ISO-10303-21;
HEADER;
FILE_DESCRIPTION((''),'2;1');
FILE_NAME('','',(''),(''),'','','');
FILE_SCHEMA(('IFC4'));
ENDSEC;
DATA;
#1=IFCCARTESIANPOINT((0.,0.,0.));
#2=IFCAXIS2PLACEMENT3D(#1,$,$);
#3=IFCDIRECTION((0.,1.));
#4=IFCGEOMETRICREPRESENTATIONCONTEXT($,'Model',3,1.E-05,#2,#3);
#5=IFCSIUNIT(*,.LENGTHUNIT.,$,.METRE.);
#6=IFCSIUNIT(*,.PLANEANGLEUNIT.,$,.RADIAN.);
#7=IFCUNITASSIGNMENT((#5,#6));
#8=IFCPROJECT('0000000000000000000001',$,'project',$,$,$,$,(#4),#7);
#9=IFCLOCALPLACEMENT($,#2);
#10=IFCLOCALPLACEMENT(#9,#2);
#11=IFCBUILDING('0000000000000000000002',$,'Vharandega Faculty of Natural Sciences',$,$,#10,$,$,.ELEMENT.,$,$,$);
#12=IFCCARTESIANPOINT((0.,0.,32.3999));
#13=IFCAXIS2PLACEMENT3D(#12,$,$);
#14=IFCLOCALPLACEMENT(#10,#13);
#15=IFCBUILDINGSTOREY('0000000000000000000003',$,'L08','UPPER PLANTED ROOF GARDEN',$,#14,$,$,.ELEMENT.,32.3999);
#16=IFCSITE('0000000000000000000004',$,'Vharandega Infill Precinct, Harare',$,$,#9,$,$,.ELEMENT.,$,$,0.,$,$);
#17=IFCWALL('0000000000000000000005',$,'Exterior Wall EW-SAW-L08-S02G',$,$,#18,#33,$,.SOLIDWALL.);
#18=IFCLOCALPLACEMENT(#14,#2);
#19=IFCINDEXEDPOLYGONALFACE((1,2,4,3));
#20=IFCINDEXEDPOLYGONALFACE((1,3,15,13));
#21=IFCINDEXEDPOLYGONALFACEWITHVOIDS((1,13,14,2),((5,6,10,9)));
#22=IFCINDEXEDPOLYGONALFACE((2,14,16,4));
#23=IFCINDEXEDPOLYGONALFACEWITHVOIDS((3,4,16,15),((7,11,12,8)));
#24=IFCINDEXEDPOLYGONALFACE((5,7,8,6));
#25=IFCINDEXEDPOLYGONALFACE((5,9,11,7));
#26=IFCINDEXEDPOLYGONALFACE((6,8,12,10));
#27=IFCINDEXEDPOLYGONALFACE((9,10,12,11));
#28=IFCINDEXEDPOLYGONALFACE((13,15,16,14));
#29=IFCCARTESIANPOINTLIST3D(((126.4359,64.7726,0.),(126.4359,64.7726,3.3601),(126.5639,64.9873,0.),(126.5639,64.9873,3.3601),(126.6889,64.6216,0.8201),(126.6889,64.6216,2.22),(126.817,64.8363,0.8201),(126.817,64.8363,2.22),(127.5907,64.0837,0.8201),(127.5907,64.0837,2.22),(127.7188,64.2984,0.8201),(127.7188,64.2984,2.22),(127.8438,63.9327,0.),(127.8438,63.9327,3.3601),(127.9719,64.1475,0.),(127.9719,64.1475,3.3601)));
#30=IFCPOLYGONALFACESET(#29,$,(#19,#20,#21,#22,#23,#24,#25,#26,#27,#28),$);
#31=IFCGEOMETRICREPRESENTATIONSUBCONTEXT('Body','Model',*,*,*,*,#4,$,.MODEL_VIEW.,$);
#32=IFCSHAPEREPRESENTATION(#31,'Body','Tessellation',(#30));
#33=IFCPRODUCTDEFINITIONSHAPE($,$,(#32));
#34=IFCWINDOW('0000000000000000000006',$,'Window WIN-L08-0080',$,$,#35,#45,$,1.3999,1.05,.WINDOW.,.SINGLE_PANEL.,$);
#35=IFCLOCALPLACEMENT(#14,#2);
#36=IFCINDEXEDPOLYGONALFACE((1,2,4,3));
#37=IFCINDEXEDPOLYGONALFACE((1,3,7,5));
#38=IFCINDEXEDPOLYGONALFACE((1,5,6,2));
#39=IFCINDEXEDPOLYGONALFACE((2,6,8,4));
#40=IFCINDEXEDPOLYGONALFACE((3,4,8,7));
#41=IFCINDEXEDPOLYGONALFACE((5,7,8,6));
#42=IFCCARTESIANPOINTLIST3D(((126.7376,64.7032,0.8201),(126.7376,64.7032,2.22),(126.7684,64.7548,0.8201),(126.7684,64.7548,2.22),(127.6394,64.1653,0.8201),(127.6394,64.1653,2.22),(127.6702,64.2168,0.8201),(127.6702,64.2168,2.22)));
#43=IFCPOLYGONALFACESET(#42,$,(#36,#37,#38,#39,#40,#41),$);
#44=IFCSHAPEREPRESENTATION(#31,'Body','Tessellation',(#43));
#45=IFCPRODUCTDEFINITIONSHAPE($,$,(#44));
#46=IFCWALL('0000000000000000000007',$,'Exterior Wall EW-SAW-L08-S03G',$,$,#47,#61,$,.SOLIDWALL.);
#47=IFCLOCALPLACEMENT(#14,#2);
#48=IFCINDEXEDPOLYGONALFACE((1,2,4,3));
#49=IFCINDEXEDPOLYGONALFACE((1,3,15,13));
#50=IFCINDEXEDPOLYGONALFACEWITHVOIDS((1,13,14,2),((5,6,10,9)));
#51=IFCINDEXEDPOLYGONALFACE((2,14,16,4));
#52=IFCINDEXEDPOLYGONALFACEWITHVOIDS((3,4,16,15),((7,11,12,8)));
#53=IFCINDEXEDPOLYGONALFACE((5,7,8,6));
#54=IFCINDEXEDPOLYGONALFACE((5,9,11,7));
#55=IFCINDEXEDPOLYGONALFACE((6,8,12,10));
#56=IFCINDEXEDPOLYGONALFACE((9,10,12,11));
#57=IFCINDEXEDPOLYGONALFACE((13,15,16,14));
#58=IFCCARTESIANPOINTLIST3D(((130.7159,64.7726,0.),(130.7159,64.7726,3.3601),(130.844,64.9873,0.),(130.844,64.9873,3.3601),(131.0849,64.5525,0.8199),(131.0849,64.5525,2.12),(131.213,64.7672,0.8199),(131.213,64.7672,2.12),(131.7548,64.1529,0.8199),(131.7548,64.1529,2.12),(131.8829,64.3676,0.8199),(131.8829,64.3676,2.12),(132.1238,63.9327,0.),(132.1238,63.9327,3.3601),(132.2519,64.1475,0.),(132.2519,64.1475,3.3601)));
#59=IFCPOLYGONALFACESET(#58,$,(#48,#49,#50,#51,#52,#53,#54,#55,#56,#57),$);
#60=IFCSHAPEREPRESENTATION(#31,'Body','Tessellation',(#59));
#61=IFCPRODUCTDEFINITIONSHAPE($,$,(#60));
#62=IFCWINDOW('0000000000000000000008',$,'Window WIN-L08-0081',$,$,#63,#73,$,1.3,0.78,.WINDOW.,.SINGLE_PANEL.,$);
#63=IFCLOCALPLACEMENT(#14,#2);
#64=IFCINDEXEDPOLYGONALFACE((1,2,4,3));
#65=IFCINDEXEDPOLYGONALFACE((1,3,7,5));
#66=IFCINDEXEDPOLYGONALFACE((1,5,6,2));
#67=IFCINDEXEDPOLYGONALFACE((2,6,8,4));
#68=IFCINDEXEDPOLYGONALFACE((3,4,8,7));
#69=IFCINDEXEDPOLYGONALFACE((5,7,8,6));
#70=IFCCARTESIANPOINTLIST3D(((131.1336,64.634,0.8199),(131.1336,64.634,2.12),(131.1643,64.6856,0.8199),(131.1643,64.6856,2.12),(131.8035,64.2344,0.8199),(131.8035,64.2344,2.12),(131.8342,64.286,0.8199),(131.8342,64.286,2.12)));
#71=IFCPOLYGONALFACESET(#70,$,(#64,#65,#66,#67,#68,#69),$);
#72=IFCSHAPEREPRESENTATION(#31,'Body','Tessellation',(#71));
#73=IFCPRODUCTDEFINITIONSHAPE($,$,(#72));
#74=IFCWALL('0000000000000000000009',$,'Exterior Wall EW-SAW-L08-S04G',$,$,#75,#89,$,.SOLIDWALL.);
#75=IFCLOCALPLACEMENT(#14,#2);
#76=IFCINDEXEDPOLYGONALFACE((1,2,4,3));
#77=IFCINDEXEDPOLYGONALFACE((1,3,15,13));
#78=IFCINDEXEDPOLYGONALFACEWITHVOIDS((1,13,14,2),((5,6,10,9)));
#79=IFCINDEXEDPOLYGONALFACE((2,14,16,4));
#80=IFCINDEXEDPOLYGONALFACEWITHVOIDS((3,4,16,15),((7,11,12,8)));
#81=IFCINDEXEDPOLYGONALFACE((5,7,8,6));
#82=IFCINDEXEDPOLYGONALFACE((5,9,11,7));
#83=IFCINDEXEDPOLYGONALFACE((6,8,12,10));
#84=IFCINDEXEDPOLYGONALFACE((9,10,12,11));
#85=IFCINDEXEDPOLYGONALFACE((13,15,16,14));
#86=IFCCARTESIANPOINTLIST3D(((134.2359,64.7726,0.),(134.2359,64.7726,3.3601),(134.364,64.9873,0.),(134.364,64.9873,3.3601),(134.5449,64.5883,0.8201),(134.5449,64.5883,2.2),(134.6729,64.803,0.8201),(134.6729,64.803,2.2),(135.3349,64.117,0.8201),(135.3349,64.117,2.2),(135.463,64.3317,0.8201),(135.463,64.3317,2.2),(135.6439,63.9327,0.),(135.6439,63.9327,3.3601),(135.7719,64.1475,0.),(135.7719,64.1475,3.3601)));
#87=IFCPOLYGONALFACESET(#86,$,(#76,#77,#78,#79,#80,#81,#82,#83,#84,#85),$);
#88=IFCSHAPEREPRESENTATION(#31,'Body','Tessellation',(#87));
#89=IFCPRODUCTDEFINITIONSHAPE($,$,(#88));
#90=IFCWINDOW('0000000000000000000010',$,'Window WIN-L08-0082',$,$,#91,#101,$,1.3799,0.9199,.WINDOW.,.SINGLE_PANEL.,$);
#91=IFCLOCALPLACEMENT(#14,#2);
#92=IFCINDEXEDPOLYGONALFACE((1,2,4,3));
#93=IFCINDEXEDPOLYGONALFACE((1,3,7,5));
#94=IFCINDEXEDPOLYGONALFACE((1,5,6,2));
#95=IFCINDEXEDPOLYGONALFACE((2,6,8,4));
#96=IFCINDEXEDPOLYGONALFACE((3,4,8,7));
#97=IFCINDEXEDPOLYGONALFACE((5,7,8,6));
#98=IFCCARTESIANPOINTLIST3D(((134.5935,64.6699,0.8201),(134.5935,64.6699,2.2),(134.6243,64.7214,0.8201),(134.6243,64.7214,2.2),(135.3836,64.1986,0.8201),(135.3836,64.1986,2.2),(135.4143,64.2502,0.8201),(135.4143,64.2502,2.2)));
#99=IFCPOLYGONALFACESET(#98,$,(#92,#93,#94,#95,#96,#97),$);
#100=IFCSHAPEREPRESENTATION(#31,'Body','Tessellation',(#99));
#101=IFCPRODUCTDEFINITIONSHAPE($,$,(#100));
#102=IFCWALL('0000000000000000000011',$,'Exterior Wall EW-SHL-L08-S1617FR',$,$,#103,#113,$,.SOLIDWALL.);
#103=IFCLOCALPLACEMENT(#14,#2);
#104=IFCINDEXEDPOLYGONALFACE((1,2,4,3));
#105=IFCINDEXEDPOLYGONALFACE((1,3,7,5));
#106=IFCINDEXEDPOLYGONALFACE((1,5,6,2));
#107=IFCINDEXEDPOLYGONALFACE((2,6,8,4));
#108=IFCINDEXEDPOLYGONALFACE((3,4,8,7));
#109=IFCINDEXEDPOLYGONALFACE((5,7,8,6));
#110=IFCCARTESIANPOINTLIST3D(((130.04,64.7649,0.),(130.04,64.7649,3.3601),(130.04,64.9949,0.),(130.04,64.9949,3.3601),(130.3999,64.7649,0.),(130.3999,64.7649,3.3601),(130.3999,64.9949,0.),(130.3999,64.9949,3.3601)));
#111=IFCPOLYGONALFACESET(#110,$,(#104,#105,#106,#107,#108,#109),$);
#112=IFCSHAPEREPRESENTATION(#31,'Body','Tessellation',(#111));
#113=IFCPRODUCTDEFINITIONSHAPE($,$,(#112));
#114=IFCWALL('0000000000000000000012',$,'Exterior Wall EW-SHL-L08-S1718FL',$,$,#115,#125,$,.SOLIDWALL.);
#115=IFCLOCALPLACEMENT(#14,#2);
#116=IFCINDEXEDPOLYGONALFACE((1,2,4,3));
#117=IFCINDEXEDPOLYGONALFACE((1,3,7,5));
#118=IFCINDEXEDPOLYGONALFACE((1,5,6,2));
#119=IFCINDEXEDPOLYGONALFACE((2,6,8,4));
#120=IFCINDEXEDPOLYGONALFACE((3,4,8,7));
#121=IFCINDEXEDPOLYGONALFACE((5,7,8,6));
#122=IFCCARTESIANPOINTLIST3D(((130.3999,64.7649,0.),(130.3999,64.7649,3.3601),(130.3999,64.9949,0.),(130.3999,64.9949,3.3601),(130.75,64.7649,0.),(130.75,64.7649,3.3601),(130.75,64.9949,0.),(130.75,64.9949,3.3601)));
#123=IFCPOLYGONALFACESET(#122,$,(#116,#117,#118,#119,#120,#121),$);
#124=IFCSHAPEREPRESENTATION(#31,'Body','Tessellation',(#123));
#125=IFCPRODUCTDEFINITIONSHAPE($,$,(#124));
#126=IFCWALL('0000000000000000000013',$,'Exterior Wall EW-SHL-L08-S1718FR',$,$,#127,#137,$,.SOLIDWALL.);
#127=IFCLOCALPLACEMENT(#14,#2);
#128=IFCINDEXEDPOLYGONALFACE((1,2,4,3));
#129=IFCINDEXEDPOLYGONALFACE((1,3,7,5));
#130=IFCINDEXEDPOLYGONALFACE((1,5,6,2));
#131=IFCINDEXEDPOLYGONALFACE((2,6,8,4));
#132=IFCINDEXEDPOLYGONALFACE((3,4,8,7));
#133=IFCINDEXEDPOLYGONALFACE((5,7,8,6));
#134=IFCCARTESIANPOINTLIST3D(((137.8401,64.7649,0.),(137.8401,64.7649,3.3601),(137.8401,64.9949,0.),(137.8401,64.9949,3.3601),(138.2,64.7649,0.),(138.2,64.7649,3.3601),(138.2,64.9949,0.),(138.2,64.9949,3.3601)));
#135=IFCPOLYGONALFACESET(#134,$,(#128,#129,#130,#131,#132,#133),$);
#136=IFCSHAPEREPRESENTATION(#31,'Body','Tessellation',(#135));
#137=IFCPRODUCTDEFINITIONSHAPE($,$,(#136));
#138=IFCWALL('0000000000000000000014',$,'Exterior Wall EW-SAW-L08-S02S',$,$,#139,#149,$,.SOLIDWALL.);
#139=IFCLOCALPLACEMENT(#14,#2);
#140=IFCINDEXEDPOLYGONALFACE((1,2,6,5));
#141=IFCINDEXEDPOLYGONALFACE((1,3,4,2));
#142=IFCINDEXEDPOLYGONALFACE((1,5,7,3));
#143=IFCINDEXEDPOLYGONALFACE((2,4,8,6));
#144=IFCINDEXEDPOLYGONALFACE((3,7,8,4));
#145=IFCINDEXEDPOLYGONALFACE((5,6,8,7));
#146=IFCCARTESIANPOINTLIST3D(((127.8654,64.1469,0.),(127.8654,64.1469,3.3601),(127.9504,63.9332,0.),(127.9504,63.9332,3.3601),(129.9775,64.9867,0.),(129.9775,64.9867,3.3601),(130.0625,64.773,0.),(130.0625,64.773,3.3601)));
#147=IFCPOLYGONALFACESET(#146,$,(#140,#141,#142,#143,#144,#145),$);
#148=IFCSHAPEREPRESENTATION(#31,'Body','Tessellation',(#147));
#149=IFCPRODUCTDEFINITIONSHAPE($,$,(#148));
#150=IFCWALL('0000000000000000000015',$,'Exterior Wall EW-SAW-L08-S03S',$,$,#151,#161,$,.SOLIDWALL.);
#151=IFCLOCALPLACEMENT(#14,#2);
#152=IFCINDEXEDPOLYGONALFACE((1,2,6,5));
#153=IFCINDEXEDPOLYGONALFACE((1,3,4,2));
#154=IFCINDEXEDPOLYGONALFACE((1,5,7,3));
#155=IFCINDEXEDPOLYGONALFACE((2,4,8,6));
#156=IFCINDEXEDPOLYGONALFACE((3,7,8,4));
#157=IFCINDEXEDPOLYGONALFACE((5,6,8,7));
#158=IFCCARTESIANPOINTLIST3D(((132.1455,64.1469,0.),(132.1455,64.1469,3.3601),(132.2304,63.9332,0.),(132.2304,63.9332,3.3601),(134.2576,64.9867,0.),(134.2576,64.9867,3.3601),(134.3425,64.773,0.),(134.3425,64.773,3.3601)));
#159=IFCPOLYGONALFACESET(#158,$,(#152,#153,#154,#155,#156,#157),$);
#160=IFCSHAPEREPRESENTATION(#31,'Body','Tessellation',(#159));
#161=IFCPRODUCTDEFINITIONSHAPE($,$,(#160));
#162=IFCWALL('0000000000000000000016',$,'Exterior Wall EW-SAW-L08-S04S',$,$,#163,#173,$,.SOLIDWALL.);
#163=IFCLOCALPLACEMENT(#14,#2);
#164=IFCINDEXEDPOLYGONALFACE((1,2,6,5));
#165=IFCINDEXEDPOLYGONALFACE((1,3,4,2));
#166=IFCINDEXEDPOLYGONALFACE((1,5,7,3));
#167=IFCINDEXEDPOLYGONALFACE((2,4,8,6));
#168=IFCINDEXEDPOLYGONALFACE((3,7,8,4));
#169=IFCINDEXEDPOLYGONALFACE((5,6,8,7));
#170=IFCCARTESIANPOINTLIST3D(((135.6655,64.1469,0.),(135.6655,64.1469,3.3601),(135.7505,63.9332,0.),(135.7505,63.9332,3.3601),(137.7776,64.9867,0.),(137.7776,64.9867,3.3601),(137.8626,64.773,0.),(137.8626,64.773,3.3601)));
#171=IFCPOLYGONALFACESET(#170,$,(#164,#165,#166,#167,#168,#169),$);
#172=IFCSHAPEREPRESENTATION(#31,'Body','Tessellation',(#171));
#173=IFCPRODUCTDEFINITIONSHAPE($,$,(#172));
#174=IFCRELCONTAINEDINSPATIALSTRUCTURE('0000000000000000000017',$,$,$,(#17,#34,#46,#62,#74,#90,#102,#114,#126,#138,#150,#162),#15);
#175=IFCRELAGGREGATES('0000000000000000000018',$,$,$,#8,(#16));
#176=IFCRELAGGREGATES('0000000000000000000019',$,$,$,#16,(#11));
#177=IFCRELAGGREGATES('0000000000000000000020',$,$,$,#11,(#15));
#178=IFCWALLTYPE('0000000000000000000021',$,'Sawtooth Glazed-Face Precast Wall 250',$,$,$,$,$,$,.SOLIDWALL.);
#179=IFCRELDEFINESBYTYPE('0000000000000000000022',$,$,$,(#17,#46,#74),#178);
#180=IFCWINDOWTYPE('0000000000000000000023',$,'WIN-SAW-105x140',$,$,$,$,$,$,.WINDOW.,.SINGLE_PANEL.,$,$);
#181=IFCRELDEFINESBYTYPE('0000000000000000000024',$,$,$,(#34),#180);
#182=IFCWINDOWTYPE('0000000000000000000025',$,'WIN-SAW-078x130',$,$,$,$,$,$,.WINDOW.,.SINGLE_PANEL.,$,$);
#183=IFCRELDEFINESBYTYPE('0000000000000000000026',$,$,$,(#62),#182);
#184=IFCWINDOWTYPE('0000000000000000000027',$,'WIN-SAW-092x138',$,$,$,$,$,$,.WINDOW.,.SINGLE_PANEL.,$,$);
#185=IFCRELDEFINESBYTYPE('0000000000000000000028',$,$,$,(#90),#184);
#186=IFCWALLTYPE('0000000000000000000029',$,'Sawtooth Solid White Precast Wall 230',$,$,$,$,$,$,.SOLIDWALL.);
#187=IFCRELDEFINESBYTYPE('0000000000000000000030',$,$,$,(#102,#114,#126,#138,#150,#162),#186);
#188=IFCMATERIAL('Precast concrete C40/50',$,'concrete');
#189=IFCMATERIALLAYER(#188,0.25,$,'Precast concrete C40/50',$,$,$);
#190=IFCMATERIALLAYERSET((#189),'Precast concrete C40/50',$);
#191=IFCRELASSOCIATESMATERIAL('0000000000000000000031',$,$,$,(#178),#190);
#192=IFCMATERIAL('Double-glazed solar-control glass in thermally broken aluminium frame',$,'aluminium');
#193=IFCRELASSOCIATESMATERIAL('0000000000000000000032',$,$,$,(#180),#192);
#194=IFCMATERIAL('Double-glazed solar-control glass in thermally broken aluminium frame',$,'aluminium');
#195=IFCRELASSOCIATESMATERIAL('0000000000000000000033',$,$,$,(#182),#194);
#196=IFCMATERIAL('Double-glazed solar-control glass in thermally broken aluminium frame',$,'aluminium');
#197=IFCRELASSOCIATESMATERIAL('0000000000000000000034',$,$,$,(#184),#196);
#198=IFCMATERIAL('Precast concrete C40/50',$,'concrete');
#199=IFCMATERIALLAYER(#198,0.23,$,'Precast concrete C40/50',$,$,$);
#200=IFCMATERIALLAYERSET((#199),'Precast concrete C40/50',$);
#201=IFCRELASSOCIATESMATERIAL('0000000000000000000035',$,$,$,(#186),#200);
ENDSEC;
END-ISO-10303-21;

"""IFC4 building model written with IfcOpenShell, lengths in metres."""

from ifc_helpers import new_model, si_unit, direction, frame, frame_2d, origin, place, context, subcontext, project, spatial, rectangle, extrude, material, layer, layer_set, type_object, element, fill, save


model = new_model("IFC4")

# Units and contexts
model_context = context("Model", 3, precision=1e-05, world=origin(), true_north=direction((0.0, 1.0)))
body_context = subcontext(model_context, "Body", "Model", "MODEL_VIEW")
ifc_project = project(units=[si_unit("LENGTHUNIT", "METRE"), si_unit("PLANEANGLEUNIT", "RADIAN")], contexts=[model_context])

# Site, building, storey
site_placement = place(None, origin())
site = spatial("IfcSite", under=ifc_project, at=site_placement, Name="Vharandega Infill Precinct, Harare", CompositionType="ELEMENT", RefElevation=0.0)
building_placement = place(site_placement, origin())
building = spatial("IfcBuilding", under=site, at=building_placement, Name="Vharandega Faculty of Natural Sciences", CompositionType="ELEMENT")
storey_placement = place(building_placement, frame((0.0, 0.0, 32.3999)))
storey = spatial("IfcBuildingStorey", under=building, at=storey_placement, Name="L08", Description="UPPER PLANTED ROOF GARDEN", CompositionType="ELEMENT", Elevation=32.3999)

# Walls, openings, windows
ifc_material_1 = material(Name="Precast concrete C40/50", Category="concrete")
ifc_layer_1 = layer(ifc_material_1, 0.25, Name="Precast concrete C40/50")
ifc_layer_set_1 = layer_set([ifc_layer_1], Name="Precast concrete C40/50")
wall_type_1 = type_object("IfcWallType", Name="Sawtooth Glazed-Face Precast Wall 250", PredefinedType="SOLIDWALL", material=ifc_layer_set_1)
wall_1_placement = place(storey_placement, frame((127.908, 64.04, 0.0), z_axis=(0.0, 0.0, 1.0), x_axis=(-0.858817, 0.512282, 0.0)))
wall_1 = element("IfcWall", 1, at=wall_1_placement, inside=storey, type_object=wall_type_1, Name="Exterior Wall EW-SAW-L08-S02G", PredefinedType="SOLIDWALL", context=body_context, shape_type="SweptSolid", body=[
    extrude(rectangle(XDim=1.6394, YDim=0.25, at=frame_2d((0.8198, 0.0))), origin(), (0.0, 0.0, 1.0), 3.3601),
])
opening_1_placement = place(wall_1_placement, frame((0.2949, 0.0, 0.8201)))
opening_1 = element("IfcOpeningElement", 2, at=opening_1_placement, cuts=wall_1, PredefinedType="OPENING", context=body_context, shape_type="SweptSolid", body=[
    extrude(rectangle(XDim=1.05, YDim=1.3999, at=frame_2d((0.5249, 0.7))), frame((0.0, 0.135, 0.0), z_axis=(0.0, -1.0, 0.0), x_axis=(1.0, 0.0, 0.0)), (0.0, 0.0, 1.0), 0.27),
])
ifc_material_2 = material(Name="Double-glazed solar-control glass in thermally broken aluminium frame", Category="aluminium")
window_type_1 = type_object("IfcWindowType", Name="WIN-SAW-105x140", PartitioningType="SINGLE_PANEL", PredefinedType="WINDOW", material=ifc_material_2)
window_1_placement = place(opening_1_placement, origin())
window_1 = element("IfcWindow", 3, at=window_1_placement, inside=storey, type_object=window_type_1, Name="Window WIN-L08-0080", OverallHeight=1.3999, OverallWidth=1.05, PartitioningType="SINGLE_PANEL", PredefinedType="WINDOW", context=body_context, shape_type="SweptSolid", body=[
    extrude(rectangle(XDim=1.05, YDim=1.3999, at=frame_2d((0.5249, 0.7))), frame((0.0, 0.03, 0.0), z_axis=(0.0, -1.0, 0.0), x_axis=(1.0, 0.0, 0.0)), (0.0, 0.0, 1.0), 0.0601),
])
fill(opening_1, window_1)
wall_2_placement = place(storey_placement, frame((132.188, 64.04, 0.0), z_axis=(0.0, 0.0, 1.0), x_axis=(-0.858817, 0.512282, 0.0)))
wall_2 = element("IfcWall", 4, at=wall_2_placement, inside=storey, type_object=wall_type_1, Name="Exterior Wall EW-SAW-L08-S03G", PredefinedType="SOLIDWALL", context=body_context, shape_type="SweptSolid", body=[
    extrude(rectangle(XDim=1.6394, YDim=0.25, at=frame_2d((0.8198, 0.0))), origin(), (0.0, 0.0, 1.0), 3.3601),
])
opening_2_placement = place(wall_2_placement, frame((0.4297, 0.0, 0.8201)))
opening_2 = element("IfcOpeningElement", 5, at=opening_2_placement, cuts=wall_2, PredefinedType="OPENING", context=body_context, shape_type="SweptSolid", body=[
    extrude(rectangle(XDim=0.78, YDim=1.3, at=frame_2d((0.3901, 0.6499))), frame((0.0, 0.135, 0.0), z_axis=(0.0, -1.0, 0.0), x_axis=(1.0, 0.0, 0.0)), (0.0, 0.0, 1.0), 0.27),
])
ifc_material_3 = material(Name="Double-glazed solar-control glass in thermally broken aluminium frame", Category="aluminium")
window_type_2 = type_object("IfcWindowType", Name="WIN-SAW-078x130", PartitioningType="SINGLE_PANEL", PredefinedType="WINDOW", material=ifc_material_3)
window_2_placement = place(opening_2_placement, origin())
window_2 = element("IfcWindow", 6, at=window_2_placement, inside=storey, type_object=window_type_2, Name="Window WIN-L08-0081", OverallHeight=1.3, OverallWidth=0.78, PartitioningType="SINGLE_PANEL", PredefinedType="WINDOW", context=body_context, shape_type="SweptSolid", body=[
    extrude(rectangle(XDim=0.78, YDim=1.3, at=frame_2d((0.3901, 0.6499))), frame((0.0, 0.03, 0.0), z_axis=(0.0, -1.0, 0.0), x_axis=(1.0, 0.0, 0.0)), (0.0, 0.0, 1.0), 0.0601),
])
fill(opening_2, window_2)
wall_3_placement = place(storey_placement, frame((135.708, 64.04, 0.0), z_axis=(0.0, 0.0, 1.0), x_axis=(-0.858817, 0.512282, 0.0)))
wall_3 = element("IfcWall", 7, at=wall_3_placement, inside=storey, type_object=wall_type_1, Name="Exterior Wall EW-SAW-L08-S04G", PredefinedType="SOLIDWALL", context=body_context, shape_type="SweptSolid", body=[
    extrude(rectangle(XDim=1.6394, YDim=0.25, at=frame_2d((0.8198, 0.0))), origin(), (0.0, 0.0, 1.0), 3.3601),
])
opening_3_placement = place(wall_3_placement, frame((0.3599, 0.0, 0.8201)))
opening_3 = element("IfcOpeningElement", 8, at=opening_3_placement, cuts=wall_3, PredefinedType="OPENING", context=body_context, shape_type="SweptSolid", body=[
    extrude(rectangle(XDim=0.9199, YDim=1.3799, at=frame_2d((0.46, 0.6899))), frame((0.0, 0.135, 0.0), z_axis=(0.0, -1.0, 0.0), x_axis=(1.0, 0.0, 0.0)), (0.0, 0.0, 1.0), 0.27),
])
ifc_material_4 = material(Name="Double-glazed solar-control glass in thermally broken aluminium frame", Category="aluminium")
window_type_3 = type_object("IfcWindowType", Name="WIN-SAW-092x138", PartitioningType="SINGLE_PANEL", PredefinedType="WINDOW", material=ifc_material_4)
window_3_placement = place(opening_3_placement, origin())
window_3 = element("IfcWindow", 9, at=window_3_placement, inside=storey, type_object=window_type_3, Name="Window WIN-L08-0082", OverallHeight=1.3799, OverallWidth=0.9199, PartitioningType="SINGLE_PANEL", PredefinedType="WINDOW", context=body_context, shape_type="SweptSolid", body=[
    extrude(rectangle(XDim=0.9199, YDim=1.3799, at=frame_2d((0.46, 0.6899))), frame((0.0, 0.03, 0.0), z_axis=(0.0, -1.0, 0.0), x_axis=(1.0, 0.0, 0.0)), (0.0, 0.0, 1.0), 0.0601),
])
fill(opening_3, window_3)

# Walls
ifc_material_5 = material(Name="Precast concrete C40/50", Category="concrete")
ifc_layer_2 = layer(ifc_material_5, 0.23, Name="Precast concrete C40/50")
ifc_layer_set_2 = layer_set([ifc_layer_2], Name="Precast concrete C40/50")
wall_type_2 = type_object("IfcWallType", Name="Sawtooth Solid White Precast Wall 230", PredefinedType="SOLIDWALL", material=ifc_layer_set_2)
wall_4_placement = place(storey_placement, frame((130.3999, 64.8799, 0.0), z_axis=(0.0, 0.0, 1.0), x_axis=(-1.0, 0.0, 0.0)))
element("IfcWall", 10, at=wall_4_placement, inside=storey, type_object=wall_type_2, Name="Exterior Wall EW-SHL-L08-S1617FR", PredefinedType="SOLIDWALL", context=body_context, shape_type="SweptSolid", body=[
    extrude(rectangle(XDim=0.3599, YDim=0.23, at=frame_2d((0.1799, 0.0))), origin(), (0.0, 0.0, 1.0), 3.3601),
])
wall_5_placement = place(storey_placement, frame((130.75, 64.8799, 0.0), z_axis=(0.0, 0.0, 1.0), x_axis=(-1.0, 0.0, 0.0)))
element("IfcWall", 11, at=wall_5_placement, inside=storey, type_object=wall_type_2, Name="Exterior Wall EW-SHL-L08-S1718FL", PredefinedType="SOLIDWALL", context=body_context, shape_type="SweptSolid", body=[
    extrude(rectangle(XDim=0.3501, YDim=0.23, at=frame_2d((0.175, 0.0))), origin(), (0.0, 0.0, 1.0), 3.3601),
])
wall_6_placement = place(storey_placement, frame((138.2, 64.8799, 0.0), z_axis=(0.0, 0.0, 1.0), x_axis=(-1.0, 0.0, 0.0)))
element("IfcWall", 12, at=wall_6_placement, inside=storey, type_object=wall_type_2, Name="Exterior Wall EW-SHL-L08-S1718FR", PredefinedType="SOLIDWALL", context=body_context, shape_type="SweptSolid", body=[
    extrude(rectangle(XDim=0.3599, YDim=0.23, at=frame_2d((0.1799, 0.0))), origin(), (0.0, 0.0, 1.0), 3.3601),
])
for number, where, z_axis, x_axis, name in (
    (13, (130.02, 64.8799, 0.0), (0.0, 0.0, 1.0), (-0.92923, -0.369501, 0.0), "Exterior Wall EW-SAW-L08-S02S"),
    (14, (134.3, 64.8799, 0.0), (0.0, 0.0, 1.0), (-0.92923, -0.369501, 0.0), "Exterior Wall EW-SAW-L08-S03S"),
    (15, (137.8201, 64.8799, 0.0), (0.0, 0.0, 1.0), (-0.92923, -0.369501, 0.0), "Exterior Wall EW-SAW-L08-S04S"),
):
    element("IfcWall", number, at=place(storey_placement, frame(where, z_axis=z_axis, x_axis=x_axis)), inside=storey, type_object=wall_type_2, Name=name, PredefinedType="SOLIDWALL", context=body_context, shape_type="SweptSolid", body=[
        extrude(rectangle(XDim=2.2729, YDim=0.23, at=frame_2d((1.1365, 0.0))), origin(), (0.0, 0.0, 1.0), 3.3601),
    ])

save(model, "model.ifc")
